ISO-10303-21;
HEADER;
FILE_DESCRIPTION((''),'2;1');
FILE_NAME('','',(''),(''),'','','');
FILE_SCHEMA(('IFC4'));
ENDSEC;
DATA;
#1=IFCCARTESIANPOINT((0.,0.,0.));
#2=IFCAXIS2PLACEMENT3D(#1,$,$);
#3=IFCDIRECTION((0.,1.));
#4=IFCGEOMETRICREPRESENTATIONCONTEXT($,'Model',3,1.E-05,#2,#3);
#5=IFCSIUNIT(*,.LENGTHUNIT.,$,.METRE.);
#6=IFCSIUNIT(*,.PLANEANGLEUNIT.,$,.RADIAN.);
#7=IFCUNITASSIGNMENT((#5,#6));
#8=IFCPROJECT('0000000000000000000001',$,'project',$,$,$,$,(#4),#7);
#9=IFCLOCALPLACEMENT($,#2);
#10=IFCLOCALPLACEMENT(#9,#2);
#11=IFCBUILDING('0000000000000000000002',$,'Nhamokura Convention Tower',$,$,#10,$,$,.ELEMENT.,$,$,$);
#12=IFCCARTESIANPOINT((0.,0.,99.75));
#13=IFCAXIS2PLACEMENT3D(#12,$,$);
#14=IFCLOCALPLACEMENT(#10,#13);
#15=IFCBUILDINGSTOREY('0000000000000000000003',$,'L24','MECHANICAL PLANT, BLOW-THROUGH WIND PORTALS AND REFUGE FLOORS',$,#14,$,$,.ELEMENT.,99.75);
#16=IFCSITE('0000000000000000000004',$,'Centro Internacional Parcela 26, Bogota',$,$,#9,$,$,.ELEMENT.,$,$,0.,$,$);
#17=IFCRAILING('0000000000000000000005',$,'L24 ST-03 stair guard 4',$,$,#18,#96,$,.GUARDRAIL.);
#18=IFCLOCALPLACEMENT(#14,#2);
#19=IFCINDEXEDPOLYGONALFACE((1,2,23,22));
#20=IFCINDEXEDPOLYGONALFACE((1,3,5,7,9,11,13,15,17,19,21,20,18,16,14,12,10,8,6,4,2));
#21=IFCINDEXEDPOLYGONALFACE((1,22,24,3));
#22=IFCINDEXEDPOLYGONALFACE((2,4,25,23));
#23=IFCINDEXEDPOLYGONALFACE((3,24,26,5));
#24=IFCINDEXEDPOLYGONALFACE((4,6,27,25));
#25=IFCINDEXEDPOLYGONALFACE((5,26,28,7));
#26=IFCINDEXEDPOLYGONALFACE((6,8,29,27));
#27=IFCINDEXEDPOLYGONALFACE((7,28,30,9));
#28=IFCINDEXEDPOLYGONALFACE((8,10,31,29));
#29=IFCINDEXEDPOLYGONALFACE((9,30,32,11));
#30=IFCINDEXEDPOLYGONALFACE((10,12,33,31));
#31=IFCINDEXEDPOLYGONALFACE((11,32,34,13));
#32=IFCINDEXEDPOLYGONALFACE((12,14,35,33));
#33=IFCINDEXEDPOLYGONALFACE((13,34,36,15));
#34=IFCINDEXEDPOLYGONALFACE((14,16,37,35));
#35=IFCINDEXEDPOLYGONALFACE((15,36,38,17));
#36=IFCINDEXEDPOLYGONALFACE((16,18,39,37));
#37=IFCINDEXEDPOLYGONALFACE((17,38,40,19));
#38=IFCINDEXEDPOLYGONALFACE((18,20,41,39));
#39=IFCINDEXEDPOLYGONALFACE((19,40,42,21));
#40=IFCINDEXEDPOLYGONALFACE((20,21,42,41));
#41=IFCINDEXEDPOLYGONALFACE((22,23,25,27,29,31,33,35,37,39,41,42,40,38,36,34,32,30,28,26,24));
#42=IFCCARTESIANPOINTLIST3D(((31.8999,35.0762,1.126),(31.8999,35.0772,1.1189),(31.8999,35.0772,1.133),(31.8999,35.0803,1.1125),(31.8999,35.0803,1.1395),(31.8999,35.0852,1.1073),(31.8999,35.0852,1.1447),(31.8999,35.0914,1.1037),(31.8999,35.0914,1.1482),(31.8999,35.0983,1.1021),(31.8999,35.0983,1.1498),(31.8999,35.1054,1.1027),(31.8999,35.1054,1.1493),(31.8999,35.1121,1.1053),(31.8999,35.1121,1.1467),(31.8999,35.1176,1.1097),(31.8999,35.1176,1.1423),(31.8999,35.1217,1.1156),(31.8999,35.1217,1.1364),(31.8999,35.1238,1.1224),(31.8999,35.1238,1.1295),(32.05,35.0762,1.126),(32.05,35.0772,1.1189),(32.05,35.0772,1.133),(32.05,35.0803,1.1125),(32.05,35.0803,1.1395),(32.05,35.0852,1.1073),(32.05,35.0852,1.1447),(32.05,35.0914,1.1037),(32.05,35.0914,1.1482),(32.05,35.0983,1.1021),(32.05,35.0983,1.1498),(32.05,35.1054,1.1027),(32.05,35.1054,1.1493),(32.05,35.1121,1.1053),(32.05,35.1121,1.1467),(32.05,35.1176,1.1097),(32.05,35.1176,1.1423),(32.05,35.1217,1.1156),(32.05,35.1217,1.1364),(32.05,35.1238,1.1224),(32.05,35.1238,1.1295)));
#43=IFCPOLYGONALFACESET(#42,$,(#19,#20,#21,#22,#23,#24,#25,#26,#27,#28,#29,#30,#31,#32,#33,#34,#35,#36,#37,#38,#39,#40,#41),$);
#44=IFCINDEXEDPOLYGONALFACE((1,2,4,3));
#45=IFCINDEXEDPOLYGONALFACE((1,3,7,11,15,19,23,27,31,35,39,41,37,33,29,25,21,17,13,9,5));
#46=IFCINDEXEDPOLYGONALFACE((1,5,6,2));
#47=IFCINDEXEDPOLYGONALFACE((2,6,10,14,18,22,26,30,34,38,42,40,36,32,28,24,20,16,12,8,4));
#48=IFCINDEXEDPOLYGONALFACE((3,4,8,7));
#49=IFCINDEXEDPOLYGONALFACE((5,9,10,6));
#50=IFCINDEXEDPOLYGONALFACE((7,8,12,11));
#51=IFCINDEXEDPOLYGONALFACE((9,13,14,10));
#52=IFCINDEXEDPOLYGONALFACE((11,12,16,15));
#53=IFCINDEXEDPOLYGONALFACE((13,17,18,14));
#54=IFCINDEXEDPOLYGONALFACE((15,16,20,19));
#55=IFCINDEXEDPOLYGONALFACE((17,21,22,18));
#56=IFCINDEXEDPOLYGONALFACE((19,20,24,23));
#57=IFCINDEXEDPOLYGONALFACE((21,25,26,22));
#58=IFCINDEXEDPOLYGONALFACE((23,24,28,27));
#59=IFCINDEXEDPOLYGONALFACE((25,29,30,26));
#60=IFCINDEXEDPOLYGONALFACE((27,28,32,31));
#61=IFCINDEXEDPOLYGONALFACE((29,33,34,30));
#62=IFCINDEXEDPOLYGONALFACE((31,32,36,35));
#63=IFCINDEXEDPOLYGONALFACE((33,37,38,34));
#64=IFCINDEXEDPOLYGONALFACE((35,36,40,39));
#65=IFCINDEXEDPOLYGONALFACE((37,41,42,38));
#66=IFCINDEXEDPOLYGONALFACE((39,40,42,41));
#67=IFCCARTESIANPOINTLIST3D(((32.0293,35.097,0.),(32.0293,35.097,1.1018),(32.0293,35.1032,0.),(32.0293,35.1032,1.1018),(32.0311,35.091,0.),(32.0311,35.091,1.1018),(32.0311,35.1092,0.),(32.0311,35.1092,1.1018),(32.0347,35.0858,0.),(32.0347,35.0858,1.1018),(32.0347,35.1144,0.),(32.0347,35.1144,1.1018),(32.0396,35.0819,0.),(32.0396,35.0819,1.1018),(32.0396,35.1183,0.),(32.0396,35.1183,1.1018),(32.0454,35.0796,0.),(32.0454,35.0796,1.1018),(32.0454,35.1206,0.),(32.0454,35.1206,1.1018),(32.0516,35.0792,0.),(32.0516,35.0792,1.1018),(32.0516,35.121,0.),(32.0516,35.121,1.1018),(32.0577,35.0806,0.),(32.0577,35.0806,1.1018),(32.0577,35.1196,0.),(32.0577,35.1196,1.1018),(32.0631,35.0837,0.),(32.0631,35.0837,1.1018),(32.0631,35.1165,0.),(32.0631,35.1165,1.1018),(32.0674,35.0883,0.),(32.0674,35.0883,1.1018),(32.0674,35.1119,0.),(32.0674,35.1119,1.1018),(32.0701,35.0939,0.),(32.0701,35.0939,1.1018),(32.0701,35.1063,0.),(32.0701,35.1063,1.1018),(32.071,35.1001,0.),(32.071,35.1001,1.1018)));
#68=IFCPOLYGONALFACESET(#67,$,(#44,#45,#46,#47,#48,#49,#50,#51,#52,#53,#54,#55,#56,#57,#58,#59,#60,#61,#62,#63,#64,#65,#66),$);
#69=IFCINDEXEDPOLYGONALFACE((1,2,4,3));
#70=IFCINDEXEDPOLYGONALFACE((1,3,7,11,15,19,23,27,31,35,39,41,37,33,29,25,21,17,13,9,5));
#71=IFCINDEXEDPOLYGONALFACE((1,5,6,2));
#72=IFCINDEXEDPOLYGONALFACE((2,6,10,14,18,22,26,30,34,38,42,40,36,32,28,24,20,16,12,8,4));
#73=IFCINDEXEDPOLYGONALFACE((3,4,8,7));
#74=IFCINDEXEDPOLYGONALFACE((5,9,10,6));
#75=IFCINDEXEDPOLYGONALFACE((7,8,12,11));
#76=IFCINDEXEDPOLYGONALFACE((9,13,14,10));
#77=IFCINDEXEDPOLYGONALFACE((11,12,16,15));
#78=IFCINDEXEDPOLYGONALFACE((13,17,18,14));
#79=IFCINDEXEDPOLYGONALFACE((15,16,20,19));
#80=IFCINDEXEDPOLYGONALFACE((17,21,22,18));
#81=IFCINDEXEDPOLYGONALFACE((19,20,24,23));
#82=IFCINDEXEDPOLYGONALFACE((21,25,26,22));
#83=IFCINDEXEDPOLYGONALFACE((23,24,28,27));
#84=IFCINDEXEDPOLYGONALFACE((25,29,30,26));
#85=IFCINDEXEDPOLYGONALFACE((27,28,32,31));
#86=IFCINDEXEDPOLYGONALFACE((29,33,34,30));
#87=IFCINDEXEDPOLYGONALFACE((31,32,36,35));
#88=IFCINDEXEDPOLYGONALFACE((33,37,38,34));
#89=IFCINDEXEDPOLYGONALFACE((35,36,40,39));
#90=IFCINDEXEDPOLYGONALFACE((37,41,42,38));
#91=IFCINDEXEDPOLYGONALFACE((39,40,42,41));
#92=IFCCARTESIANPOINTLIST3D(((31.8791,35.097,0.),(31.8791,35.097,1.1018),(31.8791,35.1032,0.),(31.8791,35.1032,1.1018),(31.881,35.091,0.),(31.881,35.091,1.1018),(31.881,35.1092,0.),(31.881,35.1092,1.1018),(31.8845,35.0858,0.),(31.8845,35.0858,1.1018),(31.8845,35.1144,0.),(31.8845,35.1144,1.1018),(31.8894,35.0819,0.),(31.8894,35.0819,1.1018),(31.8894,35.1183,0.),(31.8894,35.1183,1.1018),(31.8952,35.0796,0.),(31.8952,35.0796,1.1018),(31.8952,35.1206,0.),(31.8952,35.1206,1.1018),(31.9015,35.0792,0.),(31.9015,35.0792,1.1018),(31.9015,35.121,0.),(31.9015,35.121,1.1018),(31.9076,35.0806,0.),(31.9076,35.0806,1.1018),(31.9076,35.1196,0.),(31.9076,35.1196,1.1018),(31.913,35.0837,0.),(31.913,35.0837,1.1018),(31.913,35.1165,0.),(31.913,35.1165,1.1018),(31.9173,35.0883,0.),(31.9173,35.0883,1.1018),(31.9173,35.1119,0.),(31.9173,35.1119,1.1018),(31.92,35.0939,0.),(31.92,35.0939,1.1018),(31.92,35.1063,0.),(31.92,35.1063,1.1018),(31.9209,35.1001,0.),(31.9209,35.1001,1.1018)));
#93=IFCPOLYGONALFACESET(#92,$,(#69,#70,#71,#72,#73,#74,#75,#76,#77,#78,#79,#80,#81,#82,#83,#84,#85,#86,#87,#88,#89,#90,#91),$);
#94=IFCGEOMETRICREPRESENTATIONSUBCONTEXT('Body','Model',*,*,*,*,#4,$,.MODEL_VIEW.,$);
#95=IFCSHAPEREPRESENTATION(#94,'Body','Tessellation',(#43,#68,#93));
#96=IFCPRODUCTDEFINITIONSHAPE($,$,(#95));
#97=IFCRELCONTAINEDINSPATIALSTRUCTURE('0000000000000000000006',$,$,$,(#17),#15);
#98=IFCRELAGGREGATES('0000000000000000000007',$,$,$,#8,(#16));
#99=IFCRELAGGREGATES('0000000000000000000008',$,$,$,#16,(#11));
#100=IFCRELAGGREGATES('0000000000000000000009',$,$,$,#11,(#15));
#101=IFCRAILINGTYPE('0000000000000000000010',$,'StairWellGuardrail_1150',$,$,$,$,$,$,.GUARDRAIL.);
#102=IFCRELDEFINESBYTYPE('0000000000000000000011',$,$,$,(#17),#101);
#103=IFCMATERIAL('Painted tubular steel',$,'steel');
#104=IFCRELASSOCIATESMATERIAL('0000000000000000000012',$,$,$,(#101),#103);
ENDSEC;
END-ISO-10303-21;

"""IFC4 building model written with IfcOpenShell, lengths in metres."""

from ifc_helpers import new_model, si_unit, direction, frame, origin, origin_2d, place, context, subcontext, project, spatial, circle, extrude, material, type_object, element, save


model = new_model("IFC4")

# Units and contexts
model_context = context("Model", 3, precision=1e-05, world=origin(), true_north=direction((0.0, 1.0)))
body_context = subcontext(model_context, "Body", "Model", "MODEL_VIEW")
ifc_project = project(units=[si_unit("LENGTHUNIT", "METRE"), si_unit("PLANEANGLEUNIT", "RADIAN")], contexts=[model_context])

# Site, building, storey
site_placement = place(None, origin())
site = spatial("IfcSite", under=ifc_project, at=site_placement, Name="Centro Internacional Parcela 26, Bogota", CompositionType="ELEMENT", RefElevation=0.0)
building_placement = place(site_placement, origin())
building = spatial("IfcBuilding", under=site, at=building_placement, Name="Nhamokura Convention Tower", CompositionType="ELEMENT")
storey_placement = place(building_placement, frame((0.0, 0.0, 99.75)))
storey = spatial("IfcBuildingStorey", under=building, at=storey_placement, Name="L24", Description="MECHANICAL PLANT, BLOW-THROUGH WIND PORTALS AND REFUGE FLOORS", CompositionType="ELEMENT", Elevation=99.75)

# Railing
ifc_material_1 = material(Name="Painted tubular steel", Category="steel")
railing_type_1 = type_object("IfcRailingType", Name="StairWellGuardrail_1150", PredefinedType="GUARDRAIL", material=ifc_material_1)
railing_1_placement = place(storey_placement, frame((32.05, 35.1001, 0.0)))
element("IfcRailing", 1, at=railing_1_placement, inside=storey, type_object=railing_type_1, Name="L24 ST-03 stair guard 4", PredefinedType="GUARDRAIL", context=body_context, shape_type="SweptSolid", body=[
    extrude(circle(Radius=0.0239, at=origin_2d()), frame((0.0, 0.0, 1.126), z_axis=(-1.0, 0.0, 0.0), x_axis=(0.0, -1.0, 0.0)), (0.0, 0.0, 1.0), 0.1501),
    extrude(circle(Radius=0.021, at=origin_2d()), origin(), (0.0, 0.0, 1.0), 1.1018),
    extrude(circle(Radius=0.021, at=origin_2d()), frame((-0.1501, 0.0, 0.0)), (0.0, 0.0, 1.0), 1.1018),
])

save(model, "model.ifc")
